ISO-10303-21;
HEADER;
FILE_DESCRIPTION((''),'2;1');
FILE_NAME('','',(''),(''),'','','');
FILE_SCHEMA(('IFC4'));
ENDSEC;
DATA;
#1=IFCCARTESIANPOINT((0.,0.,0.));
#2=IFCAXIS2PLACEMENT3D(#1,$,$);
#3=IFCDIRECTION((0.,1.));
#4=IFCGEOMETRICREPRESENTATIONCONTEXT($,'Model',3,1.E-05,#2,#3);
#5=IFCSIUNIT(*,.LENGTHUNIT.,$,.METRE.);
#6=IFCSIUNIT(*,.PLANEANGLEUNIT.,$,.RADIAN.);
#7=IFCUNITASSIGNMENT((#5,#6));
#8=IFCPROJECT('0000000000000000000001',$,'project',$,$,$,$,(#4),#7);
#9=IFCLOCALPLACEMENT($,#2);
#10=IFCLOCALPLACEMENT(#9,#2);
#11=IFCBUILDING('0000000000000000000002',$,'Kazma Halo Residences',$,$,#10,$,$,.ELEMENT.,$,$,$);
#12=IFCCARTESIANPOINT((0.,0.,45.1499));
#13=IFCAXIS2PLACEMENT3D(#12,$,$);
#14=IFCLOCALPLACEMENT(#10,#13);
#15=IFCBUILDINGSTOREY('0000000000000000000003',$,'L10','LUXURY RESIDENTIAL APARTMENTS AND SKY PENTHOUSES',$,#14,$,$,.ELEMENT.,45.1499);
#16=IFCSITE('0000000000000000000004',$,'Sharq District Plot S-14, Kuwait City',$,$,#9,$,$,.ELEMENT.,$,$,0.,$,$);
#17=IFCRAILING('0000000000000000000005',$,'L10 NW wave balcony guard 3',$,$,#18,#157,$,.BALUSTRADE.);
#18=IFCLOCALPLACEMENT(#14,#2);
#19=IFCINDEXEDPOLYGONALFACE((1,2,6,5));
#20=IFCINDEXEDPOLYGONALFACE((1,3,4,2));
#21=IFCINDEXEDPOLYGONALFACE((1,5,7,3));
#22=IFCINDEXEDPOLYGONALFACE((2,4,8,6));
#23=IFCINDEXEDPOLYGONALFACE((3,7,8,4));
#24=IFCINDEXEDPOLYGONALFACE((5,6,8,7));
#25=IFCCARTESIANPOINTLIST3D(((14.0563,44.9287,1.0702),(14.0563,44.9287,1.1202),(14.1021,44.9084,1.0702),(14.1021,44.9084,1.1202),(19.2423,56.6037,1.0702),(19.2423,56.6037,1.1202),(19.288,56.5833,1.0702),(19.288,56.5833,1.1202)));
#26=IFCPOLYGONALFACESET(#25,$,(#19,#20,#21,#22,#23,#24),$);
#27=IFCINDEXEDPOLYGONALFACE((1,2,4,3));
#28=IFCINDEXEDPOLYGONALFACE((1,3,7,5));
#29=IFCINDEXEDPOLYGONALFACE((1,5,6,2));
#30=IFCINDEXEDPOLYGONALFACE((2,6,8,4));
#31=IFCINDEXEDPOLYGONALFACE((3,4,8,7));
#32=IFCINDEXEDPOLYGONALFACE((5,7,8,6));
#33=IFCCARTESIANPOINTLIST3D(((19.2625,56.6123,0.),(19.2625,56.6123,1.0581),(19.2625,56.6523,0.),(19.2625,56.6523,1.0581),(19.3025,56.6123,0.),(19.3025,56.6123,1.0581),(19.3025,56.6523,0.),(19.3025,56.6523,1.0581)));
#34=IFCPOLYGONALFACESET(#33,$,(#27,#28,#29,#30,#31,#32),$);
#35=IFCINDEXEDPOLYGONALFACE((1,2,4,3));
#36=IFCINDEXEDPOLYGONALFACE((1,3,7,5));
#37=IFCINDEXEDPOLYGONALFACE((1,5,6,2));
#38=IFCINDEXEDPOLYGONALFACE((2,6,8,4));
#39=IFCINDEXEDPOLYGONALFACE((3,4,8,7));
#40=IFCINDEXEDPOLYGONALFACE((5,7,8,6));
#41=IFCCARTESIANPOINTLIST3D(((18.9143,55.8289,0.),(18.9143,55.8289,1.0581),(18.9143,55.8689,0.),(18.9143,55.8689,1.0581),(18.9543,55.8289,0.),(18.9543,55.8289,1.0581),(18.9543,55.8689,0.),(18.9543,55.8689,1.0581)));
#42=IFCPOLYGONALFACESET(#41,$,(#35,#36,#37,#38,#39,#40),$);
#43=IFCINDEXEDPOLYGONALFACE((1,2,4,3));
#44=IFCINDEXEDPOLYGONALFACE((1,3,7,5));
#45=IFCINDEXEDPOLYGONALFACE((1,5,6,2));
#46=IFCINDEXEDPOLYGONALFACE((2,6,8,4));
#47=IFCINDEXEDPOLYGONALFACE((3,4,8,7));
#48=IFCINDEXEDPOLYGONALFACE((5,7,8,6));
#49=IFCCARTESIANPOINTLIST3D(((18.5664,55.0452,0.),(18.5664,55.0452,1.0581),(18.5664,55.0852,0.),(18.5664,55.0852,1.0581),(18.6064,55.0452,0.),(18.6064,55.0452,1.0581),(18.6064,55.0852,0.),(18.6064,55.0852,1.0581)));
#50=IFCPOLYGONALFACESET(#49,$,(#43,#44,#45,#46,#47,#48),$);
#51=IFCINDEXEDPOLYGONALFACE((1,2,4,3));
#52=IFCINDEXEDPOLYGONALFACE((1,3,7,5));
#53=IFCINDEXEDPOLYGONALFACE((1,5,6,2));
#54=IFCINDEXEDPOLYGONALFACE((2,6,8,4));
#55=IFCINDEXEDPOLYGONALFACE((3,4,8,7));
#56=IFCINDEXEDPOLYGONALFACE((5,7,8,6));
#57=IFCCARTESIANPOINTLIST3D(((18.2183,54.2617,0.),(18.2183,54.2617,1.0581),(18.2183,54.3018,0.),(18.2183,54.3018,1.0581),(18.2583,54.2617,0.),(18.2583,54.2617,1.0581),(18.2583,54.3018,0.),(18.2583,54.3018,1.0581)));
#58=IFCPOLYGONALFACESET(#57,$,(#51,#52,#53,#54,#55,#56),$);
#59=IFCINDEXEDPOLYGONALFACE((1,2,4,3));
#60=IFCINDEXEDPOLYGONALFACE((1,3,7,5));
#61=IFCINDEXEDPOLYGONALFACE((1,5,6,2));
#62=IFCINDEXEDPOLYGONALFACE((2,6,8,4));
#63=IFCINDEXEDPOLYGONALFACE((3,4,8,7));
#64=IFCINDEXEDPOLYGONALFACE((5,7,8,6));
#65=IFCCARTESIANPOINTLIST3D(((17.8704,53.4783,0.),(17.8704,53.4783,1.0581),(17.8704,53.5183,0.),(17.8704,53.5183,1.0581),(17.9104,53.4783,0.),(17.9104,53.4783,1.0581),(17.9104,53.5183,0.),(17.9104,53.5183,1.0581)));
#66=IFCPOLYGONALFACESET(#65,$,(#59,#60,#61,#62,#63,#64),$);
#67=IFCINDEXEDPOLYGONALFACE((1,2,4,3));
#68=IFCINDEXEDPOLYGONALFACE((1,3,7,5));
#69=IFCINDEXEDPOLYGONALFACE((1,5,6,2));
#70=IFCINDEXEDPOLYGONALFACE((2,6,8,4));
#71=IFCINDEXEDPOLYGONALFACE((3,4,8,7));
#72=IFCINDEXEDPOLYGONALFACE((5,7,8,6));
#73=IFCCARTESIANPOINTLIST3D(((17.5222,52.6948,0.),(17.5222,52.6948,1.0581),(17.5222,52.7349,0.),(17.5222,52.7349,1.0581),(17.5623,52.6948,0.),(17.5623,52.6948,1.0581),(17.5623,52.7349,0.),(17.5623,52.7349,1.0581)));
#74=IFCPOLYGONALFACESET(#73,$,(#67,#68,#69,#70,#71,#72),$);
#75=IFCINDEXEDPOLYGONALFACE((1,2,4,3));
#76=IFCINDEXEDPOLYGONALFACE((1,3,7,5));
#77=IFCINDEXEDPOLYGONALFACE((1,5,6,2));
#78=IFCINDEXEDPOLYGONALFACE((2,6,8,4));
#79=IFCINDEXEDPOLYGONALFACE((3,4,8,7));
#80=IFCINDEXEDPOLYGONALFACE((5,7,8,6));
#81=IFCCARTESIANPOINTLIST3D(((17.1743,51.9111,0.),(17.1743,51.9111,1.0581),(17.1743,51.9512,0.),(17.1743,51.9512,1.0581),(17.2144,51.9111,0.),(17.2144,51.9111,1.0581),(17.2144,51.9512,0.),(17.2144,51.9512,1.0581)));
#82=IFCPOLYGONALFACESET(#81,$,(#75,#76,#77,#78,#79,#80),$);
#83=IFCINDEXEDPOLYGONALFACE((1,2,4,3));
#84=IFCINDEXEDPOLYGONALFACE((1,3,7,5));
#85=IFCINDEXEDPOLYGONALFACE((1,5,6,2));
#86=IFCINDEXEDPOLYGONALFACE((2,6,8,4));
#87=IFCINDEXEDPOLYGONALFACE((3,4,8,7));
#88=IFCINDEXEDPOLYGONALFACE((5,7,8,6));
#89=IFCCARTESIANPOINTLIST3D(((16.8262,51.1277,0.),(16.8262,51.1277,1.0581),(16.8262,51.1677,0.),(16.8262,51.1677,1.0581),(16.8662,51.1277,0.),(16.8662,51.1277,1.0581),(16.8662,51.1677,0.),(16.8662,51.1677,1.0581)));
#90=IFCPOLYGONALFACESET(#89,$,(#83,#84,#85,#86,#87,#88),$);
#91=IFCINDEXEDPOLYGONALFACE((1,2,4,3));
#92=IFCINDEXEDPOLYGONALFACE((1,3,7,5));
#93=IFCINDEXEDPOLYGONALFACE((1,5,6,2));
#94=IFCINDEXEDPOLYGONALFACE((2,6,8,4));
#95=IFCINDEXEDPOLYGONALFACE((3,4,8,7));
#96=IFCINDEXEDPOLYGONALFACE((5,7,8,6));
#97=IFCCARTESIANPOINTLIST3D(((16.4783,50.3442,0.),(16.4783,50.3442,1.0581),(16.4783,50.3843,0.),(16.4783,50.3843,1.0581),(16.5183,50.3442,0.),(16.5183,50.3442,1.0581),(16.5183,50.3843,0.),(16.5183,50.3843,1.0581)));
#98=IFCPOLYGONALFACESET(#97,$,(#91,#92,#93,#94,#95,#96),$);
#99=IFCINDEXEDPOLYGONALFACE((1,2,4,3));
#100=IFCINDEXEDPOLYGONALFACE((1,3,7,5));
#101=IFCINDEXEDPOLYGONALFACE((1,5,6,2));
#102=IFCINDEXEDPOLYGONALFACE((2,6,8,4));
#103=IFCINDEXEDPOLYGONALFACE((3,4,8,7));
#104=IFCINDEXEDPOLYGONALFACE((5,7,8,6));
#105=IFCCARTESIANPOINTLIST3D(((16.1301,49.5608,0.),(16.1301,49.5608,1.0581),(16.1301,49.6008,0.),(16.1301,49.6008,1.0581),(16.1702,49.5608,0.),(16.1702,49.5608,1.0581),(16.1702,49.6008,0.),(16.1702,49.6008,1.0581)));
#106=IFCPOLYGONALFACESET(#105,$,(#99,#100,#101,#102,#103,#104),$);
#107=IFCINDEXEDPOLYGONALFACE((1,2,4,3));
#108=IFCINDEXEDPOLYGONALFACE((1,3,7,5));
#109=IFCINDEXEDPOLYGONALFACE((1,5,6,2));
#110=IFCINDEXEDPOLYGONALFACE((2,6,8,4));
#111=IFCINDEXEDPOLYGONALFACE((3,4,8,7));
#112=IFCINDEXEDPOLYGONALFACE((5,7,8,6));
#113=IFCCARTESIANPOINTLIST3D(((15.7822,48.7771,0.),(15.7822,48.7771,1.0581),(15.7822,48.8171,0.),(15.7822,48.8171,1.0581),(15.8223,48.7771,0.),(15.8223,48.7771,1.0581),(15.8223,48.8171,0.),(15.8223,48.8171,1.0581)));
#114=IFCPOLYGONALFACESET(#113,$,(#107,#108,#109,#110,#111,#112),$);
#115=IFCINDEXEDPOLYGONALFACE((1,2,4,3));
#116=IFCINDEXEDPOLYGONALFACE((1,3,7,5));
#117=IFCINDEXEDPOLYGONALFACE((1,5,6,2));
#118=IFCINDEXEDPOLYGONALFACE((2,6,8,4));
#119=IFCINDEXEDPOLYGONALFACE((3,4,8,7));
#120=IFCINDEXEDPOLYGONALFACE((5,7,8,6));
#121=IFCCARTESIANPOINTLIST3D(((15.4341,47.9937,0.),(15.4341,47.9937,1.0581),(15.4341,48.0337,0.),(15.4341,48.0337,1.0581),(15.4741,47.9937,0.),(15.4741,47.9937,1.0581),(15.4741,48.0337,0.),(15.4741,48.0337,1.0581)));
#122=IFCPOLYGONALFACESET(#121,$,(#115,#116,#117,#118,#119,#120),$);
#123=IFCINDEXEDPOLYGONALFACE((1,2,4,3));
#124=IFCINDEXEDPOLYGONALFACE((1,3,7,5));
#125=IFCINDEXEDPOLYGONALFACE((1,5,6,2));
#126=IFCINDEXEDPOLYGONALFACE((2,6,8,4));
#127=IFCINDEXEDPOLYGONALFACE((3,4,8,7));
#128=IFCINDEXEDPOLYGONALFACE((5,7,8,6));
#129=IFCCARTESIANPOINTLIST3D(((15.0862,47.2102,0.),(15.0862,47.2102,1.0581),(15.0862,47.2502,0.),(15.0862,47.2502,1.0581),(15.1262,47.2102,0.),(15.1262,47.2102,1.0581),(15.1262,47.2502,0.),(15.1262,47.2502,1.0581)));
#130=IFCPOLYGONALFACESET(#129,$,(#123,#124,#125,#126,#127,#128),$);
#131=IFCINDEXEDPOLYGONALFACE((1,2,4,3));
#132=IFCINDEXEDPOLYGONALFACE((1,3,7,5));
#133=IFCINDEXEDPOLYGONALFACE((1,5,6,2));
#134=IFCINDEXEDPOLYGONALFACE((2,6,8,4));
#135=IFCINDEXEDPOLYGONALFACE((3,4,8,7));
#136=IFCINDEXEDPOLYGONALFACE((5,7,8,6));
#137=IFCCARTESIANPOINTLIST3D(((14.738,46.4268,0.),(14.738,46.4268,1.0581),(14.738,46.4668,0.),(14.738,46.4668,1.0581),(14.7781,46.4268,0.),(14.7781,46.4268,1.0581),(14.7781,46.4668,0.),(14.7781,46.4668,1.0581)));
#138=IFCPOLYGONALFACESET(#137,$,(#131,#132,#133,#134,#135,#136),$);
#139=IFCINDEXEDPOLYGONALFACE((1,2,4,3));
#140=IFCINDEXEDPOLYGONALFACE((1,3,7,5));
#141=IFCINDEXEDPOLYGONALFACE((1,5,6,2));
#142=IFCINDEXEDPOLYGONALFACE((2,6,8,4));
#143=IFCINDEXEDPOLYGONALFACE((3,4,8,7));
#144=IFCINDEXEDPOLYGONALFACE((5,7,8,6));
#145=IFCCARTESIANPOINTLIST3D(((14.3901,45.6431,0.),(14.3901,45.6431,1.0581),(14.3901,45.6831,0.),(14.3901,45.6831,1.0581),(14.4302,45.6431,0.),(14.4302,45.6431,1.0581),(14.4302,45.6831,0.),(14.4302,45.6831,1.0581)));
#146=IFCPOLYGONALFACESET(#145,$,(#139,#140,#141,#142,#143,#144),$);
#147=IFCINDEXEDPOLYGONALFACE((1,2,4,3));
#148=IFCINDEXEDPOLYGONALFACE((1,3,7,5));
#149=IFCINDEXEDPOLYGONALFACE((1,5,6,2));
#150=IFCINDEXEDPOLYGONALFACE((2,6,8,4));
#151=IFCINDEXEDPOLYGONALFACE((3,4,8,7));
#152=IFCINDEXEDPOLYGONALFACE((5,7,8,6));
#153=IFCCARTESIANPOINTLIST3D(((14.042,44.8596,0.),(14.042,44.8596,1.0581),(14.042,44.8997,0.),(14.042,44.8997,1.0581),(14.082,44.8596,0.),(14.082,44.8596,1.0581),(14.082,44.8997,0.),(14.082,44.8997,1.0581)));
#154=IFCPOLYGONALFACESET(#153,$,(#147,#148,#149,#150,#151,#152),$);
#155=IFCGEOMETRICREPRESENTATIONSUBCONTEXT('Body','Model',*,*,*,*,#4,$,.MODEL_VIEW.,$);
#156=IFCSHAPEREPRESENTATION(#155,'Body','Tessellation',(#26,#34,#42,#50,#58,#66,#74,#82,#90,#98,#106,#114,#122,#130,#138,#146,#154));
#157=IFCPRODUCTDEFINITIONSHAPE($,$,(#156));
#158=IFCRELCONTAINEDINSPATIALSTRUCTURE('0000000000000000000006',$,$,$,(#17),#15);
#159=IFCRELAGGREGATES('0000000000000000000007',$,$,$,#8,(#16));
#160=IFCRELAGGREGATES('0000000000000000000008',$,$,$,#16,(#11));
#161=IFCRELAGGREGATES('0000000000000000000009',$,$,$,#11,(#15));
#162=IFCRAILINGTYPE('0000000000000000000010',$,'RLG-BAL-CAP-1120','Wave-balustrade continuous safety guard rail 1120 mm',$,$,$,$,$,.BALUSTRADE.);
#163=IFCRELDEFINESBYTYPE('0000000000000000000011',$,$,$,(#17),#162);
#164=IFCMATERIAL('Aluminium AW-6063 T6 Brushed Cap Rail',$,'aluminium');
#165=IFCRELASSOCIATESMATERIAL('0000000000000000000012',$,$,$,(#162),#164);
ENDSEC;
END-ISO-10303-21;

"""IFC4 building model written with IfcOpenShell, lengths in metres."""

from ifc_helpers import new_model, si_unit, direction, frame, origin, origin_2d, place, context, subcontext, project, spatial, rectangle, extrude, material, type_object, element, save


model = new_model("IFC4")

# Units and contexts
model_context = context("Model", 3, precision=1e-05, world=origin(), true_north=direction((0.0, 1.0)))
body_context = subcontext(model_context, "Body", "Model", "MODEL_VIEW")
ifc_project = project(units=[si_unit("LENGTHUNIT", "METRE"), si_unit("PLANEANGLEUNIT", "RADIAN")], contexts=[model_context])

# Site, building, storey
site_placement = place(None, origin())
site = spatial("IfcSite", under=ifc_project, at=site_placement, Name="Sharq District Plot S-14, Kuwait City", CompositionType="ELEMENT", RefElevation=0.0)
building_placement = place(site_placement, origin())
building = spatial("IfcBuilding", under=site, at=building_placement, Name="Kazma Halo Residences", CompositionType="ELEMENT")
storey_placement = place(building_placement, frame((0.0, 0.0, 45.1499)))
storey = spatial("IfcBuildingStorey", under=building, at=storey_placement, Name="L10", Description="LUXURY RESIDENTIAL APARTMENTS AND SKY PENTHOUSES", CompositionType="ELEMENT", Elevation=45.1499)

# Railing
ifc_material_1 = material(Name="Aluminium AW-6063 T6 Brushed Cap Rail", Category="aluminium")
railing_type = type_object("IfcRailingType", Name="RLG-BAL-CAP-1120", Description="Wave-balustrade continuous safety guard rail 1120 mm", PredefinedType="BALUSTRADE", material=ifc_material_1)
railing_1_placement = place(storey_placement, frame((19.2825, 56.6323, 0.0)))
element("IfcRailing", 1, at=railing_1_placement, inside=storey, type_object=railing_type, Name="L10 NW wave balcony guard 3", PredefinedType="BALUSTRADE", context=body_context, shape_type="SweptSolid", body=[
    extrude(rectangle(XDim=0.05, YDim=0.05, at=origin_2d()), frame((-0.0173, -0.0388, 1.0952), z_axis=(-0.405946, -0.913897, 0.0), x_axis=(0.913897, -0.405946, 0.0)), (0.0, 0.0, 1.0), 12.7749),
    extrude(rectangle(XDim=0.04, YDim=0.04, at=origin_2d()), origin(), (0.0, 0.0, 1.0), 1.0581),
    extrude(rectangle(XDim=0.04, YDim=0.04, at=origin_2d()), frame((-0.3481, -0.7834, 0.0)), (0.0, 0.0, 1.0), 1.0581),
    extrude(rectangle(XDim=0.04, YDim=0.04, at=origin_2d()), frame((-0.696, -1.5671, 0.0)), (0.0, 0.0, 1.0), 1.0581),
    extrude(rectangle(XDim=0.04, YDim=0.04, at=origin_2d()), frame((-1.0442, -2.3506, 0.0)), (0.0, 0.0, 1.0), 1.0581),
    extrude(rectangle(XDim=0.04, YDim=0.04, at=origin_2d()), frame((-1.3921, -3.134, 0.0)), (0.0, 0.0, 1.0), 1.0581),
    extrude(rectangle(XDim=0.04, YDim=0.04, at=origin_2d()), frame((-1.7402, -3.9175, 0.0)), (0.0, 0.0, 1.0), 1.0581),
    extrude(rectangle(XDim=0.04, YDim=0.04, at=origin_2d()), frame((-2.0881, -4.7012, 0.0)), (0.0, 0.0, 1.0), 1.0581),
    extrude(rectangle(XDim=0.04, YDim=0.04, at=origin_2d()), frame((-2.4363, -5.4846, 0.0)), (0.0, 0.0, 1.0), 1.0581),
    extrude(rectangle(XDim=0.04, YDim=0.04, at=origin_2d()), frame((-2.7842, -6.2681, 0.0)), (0.0, 0.0, 1.0), 1.0581),
    extrude(rectangle(XDim=0.04, YDim=0.04, at=origin_2d()), frame((-3.1323, -7.0515, 0.0)), (0.0, 0.0, 1.0), 1.0581),
    extrude(rectangle(XDim=0.04, YDim=0.04, at=origin_2d()), frame((-3.4802, -7.8352, 0.0)), (0.0, 0.0, 1.0), 1.0581),
    extrude(rectangle(XDim=0.04, YDim=0.04, at=origin_2d()), frame((-3.8284, -8.6187, 0.0)), (0.0, 0.0, 1.0), 1.0581),
    extrude(rectangle(XDim=0.04, YDim=0.04, at=origin_2d()), frame((-4.1763, -9.4021, 0.0)), (0.0, 0.0, 1.0), 1.0581),
    extrude(rectangle(XDim=0.04, YDim=0.04, at=origin_2d()), frame((-4.5244, -10.1855, 0.0)), (0.0, 0.0, 1.0), 1.0581),
    extrude(rectangle(XDim=0.04, YDim=0.04, at=origin_2d()), frame((-4.8723, -10.9692, 0.0)), (0.0, 0.0, 1.0), 1.0581),
    extrude(rectangle(XDim=0.04, YDim=0.04, at=origin_2d()), frame((-5.2205, -11.7527, 0.0)), (0.0, 0.0, 1.0), 1.0581),
])

save(model, "model.ifc")
